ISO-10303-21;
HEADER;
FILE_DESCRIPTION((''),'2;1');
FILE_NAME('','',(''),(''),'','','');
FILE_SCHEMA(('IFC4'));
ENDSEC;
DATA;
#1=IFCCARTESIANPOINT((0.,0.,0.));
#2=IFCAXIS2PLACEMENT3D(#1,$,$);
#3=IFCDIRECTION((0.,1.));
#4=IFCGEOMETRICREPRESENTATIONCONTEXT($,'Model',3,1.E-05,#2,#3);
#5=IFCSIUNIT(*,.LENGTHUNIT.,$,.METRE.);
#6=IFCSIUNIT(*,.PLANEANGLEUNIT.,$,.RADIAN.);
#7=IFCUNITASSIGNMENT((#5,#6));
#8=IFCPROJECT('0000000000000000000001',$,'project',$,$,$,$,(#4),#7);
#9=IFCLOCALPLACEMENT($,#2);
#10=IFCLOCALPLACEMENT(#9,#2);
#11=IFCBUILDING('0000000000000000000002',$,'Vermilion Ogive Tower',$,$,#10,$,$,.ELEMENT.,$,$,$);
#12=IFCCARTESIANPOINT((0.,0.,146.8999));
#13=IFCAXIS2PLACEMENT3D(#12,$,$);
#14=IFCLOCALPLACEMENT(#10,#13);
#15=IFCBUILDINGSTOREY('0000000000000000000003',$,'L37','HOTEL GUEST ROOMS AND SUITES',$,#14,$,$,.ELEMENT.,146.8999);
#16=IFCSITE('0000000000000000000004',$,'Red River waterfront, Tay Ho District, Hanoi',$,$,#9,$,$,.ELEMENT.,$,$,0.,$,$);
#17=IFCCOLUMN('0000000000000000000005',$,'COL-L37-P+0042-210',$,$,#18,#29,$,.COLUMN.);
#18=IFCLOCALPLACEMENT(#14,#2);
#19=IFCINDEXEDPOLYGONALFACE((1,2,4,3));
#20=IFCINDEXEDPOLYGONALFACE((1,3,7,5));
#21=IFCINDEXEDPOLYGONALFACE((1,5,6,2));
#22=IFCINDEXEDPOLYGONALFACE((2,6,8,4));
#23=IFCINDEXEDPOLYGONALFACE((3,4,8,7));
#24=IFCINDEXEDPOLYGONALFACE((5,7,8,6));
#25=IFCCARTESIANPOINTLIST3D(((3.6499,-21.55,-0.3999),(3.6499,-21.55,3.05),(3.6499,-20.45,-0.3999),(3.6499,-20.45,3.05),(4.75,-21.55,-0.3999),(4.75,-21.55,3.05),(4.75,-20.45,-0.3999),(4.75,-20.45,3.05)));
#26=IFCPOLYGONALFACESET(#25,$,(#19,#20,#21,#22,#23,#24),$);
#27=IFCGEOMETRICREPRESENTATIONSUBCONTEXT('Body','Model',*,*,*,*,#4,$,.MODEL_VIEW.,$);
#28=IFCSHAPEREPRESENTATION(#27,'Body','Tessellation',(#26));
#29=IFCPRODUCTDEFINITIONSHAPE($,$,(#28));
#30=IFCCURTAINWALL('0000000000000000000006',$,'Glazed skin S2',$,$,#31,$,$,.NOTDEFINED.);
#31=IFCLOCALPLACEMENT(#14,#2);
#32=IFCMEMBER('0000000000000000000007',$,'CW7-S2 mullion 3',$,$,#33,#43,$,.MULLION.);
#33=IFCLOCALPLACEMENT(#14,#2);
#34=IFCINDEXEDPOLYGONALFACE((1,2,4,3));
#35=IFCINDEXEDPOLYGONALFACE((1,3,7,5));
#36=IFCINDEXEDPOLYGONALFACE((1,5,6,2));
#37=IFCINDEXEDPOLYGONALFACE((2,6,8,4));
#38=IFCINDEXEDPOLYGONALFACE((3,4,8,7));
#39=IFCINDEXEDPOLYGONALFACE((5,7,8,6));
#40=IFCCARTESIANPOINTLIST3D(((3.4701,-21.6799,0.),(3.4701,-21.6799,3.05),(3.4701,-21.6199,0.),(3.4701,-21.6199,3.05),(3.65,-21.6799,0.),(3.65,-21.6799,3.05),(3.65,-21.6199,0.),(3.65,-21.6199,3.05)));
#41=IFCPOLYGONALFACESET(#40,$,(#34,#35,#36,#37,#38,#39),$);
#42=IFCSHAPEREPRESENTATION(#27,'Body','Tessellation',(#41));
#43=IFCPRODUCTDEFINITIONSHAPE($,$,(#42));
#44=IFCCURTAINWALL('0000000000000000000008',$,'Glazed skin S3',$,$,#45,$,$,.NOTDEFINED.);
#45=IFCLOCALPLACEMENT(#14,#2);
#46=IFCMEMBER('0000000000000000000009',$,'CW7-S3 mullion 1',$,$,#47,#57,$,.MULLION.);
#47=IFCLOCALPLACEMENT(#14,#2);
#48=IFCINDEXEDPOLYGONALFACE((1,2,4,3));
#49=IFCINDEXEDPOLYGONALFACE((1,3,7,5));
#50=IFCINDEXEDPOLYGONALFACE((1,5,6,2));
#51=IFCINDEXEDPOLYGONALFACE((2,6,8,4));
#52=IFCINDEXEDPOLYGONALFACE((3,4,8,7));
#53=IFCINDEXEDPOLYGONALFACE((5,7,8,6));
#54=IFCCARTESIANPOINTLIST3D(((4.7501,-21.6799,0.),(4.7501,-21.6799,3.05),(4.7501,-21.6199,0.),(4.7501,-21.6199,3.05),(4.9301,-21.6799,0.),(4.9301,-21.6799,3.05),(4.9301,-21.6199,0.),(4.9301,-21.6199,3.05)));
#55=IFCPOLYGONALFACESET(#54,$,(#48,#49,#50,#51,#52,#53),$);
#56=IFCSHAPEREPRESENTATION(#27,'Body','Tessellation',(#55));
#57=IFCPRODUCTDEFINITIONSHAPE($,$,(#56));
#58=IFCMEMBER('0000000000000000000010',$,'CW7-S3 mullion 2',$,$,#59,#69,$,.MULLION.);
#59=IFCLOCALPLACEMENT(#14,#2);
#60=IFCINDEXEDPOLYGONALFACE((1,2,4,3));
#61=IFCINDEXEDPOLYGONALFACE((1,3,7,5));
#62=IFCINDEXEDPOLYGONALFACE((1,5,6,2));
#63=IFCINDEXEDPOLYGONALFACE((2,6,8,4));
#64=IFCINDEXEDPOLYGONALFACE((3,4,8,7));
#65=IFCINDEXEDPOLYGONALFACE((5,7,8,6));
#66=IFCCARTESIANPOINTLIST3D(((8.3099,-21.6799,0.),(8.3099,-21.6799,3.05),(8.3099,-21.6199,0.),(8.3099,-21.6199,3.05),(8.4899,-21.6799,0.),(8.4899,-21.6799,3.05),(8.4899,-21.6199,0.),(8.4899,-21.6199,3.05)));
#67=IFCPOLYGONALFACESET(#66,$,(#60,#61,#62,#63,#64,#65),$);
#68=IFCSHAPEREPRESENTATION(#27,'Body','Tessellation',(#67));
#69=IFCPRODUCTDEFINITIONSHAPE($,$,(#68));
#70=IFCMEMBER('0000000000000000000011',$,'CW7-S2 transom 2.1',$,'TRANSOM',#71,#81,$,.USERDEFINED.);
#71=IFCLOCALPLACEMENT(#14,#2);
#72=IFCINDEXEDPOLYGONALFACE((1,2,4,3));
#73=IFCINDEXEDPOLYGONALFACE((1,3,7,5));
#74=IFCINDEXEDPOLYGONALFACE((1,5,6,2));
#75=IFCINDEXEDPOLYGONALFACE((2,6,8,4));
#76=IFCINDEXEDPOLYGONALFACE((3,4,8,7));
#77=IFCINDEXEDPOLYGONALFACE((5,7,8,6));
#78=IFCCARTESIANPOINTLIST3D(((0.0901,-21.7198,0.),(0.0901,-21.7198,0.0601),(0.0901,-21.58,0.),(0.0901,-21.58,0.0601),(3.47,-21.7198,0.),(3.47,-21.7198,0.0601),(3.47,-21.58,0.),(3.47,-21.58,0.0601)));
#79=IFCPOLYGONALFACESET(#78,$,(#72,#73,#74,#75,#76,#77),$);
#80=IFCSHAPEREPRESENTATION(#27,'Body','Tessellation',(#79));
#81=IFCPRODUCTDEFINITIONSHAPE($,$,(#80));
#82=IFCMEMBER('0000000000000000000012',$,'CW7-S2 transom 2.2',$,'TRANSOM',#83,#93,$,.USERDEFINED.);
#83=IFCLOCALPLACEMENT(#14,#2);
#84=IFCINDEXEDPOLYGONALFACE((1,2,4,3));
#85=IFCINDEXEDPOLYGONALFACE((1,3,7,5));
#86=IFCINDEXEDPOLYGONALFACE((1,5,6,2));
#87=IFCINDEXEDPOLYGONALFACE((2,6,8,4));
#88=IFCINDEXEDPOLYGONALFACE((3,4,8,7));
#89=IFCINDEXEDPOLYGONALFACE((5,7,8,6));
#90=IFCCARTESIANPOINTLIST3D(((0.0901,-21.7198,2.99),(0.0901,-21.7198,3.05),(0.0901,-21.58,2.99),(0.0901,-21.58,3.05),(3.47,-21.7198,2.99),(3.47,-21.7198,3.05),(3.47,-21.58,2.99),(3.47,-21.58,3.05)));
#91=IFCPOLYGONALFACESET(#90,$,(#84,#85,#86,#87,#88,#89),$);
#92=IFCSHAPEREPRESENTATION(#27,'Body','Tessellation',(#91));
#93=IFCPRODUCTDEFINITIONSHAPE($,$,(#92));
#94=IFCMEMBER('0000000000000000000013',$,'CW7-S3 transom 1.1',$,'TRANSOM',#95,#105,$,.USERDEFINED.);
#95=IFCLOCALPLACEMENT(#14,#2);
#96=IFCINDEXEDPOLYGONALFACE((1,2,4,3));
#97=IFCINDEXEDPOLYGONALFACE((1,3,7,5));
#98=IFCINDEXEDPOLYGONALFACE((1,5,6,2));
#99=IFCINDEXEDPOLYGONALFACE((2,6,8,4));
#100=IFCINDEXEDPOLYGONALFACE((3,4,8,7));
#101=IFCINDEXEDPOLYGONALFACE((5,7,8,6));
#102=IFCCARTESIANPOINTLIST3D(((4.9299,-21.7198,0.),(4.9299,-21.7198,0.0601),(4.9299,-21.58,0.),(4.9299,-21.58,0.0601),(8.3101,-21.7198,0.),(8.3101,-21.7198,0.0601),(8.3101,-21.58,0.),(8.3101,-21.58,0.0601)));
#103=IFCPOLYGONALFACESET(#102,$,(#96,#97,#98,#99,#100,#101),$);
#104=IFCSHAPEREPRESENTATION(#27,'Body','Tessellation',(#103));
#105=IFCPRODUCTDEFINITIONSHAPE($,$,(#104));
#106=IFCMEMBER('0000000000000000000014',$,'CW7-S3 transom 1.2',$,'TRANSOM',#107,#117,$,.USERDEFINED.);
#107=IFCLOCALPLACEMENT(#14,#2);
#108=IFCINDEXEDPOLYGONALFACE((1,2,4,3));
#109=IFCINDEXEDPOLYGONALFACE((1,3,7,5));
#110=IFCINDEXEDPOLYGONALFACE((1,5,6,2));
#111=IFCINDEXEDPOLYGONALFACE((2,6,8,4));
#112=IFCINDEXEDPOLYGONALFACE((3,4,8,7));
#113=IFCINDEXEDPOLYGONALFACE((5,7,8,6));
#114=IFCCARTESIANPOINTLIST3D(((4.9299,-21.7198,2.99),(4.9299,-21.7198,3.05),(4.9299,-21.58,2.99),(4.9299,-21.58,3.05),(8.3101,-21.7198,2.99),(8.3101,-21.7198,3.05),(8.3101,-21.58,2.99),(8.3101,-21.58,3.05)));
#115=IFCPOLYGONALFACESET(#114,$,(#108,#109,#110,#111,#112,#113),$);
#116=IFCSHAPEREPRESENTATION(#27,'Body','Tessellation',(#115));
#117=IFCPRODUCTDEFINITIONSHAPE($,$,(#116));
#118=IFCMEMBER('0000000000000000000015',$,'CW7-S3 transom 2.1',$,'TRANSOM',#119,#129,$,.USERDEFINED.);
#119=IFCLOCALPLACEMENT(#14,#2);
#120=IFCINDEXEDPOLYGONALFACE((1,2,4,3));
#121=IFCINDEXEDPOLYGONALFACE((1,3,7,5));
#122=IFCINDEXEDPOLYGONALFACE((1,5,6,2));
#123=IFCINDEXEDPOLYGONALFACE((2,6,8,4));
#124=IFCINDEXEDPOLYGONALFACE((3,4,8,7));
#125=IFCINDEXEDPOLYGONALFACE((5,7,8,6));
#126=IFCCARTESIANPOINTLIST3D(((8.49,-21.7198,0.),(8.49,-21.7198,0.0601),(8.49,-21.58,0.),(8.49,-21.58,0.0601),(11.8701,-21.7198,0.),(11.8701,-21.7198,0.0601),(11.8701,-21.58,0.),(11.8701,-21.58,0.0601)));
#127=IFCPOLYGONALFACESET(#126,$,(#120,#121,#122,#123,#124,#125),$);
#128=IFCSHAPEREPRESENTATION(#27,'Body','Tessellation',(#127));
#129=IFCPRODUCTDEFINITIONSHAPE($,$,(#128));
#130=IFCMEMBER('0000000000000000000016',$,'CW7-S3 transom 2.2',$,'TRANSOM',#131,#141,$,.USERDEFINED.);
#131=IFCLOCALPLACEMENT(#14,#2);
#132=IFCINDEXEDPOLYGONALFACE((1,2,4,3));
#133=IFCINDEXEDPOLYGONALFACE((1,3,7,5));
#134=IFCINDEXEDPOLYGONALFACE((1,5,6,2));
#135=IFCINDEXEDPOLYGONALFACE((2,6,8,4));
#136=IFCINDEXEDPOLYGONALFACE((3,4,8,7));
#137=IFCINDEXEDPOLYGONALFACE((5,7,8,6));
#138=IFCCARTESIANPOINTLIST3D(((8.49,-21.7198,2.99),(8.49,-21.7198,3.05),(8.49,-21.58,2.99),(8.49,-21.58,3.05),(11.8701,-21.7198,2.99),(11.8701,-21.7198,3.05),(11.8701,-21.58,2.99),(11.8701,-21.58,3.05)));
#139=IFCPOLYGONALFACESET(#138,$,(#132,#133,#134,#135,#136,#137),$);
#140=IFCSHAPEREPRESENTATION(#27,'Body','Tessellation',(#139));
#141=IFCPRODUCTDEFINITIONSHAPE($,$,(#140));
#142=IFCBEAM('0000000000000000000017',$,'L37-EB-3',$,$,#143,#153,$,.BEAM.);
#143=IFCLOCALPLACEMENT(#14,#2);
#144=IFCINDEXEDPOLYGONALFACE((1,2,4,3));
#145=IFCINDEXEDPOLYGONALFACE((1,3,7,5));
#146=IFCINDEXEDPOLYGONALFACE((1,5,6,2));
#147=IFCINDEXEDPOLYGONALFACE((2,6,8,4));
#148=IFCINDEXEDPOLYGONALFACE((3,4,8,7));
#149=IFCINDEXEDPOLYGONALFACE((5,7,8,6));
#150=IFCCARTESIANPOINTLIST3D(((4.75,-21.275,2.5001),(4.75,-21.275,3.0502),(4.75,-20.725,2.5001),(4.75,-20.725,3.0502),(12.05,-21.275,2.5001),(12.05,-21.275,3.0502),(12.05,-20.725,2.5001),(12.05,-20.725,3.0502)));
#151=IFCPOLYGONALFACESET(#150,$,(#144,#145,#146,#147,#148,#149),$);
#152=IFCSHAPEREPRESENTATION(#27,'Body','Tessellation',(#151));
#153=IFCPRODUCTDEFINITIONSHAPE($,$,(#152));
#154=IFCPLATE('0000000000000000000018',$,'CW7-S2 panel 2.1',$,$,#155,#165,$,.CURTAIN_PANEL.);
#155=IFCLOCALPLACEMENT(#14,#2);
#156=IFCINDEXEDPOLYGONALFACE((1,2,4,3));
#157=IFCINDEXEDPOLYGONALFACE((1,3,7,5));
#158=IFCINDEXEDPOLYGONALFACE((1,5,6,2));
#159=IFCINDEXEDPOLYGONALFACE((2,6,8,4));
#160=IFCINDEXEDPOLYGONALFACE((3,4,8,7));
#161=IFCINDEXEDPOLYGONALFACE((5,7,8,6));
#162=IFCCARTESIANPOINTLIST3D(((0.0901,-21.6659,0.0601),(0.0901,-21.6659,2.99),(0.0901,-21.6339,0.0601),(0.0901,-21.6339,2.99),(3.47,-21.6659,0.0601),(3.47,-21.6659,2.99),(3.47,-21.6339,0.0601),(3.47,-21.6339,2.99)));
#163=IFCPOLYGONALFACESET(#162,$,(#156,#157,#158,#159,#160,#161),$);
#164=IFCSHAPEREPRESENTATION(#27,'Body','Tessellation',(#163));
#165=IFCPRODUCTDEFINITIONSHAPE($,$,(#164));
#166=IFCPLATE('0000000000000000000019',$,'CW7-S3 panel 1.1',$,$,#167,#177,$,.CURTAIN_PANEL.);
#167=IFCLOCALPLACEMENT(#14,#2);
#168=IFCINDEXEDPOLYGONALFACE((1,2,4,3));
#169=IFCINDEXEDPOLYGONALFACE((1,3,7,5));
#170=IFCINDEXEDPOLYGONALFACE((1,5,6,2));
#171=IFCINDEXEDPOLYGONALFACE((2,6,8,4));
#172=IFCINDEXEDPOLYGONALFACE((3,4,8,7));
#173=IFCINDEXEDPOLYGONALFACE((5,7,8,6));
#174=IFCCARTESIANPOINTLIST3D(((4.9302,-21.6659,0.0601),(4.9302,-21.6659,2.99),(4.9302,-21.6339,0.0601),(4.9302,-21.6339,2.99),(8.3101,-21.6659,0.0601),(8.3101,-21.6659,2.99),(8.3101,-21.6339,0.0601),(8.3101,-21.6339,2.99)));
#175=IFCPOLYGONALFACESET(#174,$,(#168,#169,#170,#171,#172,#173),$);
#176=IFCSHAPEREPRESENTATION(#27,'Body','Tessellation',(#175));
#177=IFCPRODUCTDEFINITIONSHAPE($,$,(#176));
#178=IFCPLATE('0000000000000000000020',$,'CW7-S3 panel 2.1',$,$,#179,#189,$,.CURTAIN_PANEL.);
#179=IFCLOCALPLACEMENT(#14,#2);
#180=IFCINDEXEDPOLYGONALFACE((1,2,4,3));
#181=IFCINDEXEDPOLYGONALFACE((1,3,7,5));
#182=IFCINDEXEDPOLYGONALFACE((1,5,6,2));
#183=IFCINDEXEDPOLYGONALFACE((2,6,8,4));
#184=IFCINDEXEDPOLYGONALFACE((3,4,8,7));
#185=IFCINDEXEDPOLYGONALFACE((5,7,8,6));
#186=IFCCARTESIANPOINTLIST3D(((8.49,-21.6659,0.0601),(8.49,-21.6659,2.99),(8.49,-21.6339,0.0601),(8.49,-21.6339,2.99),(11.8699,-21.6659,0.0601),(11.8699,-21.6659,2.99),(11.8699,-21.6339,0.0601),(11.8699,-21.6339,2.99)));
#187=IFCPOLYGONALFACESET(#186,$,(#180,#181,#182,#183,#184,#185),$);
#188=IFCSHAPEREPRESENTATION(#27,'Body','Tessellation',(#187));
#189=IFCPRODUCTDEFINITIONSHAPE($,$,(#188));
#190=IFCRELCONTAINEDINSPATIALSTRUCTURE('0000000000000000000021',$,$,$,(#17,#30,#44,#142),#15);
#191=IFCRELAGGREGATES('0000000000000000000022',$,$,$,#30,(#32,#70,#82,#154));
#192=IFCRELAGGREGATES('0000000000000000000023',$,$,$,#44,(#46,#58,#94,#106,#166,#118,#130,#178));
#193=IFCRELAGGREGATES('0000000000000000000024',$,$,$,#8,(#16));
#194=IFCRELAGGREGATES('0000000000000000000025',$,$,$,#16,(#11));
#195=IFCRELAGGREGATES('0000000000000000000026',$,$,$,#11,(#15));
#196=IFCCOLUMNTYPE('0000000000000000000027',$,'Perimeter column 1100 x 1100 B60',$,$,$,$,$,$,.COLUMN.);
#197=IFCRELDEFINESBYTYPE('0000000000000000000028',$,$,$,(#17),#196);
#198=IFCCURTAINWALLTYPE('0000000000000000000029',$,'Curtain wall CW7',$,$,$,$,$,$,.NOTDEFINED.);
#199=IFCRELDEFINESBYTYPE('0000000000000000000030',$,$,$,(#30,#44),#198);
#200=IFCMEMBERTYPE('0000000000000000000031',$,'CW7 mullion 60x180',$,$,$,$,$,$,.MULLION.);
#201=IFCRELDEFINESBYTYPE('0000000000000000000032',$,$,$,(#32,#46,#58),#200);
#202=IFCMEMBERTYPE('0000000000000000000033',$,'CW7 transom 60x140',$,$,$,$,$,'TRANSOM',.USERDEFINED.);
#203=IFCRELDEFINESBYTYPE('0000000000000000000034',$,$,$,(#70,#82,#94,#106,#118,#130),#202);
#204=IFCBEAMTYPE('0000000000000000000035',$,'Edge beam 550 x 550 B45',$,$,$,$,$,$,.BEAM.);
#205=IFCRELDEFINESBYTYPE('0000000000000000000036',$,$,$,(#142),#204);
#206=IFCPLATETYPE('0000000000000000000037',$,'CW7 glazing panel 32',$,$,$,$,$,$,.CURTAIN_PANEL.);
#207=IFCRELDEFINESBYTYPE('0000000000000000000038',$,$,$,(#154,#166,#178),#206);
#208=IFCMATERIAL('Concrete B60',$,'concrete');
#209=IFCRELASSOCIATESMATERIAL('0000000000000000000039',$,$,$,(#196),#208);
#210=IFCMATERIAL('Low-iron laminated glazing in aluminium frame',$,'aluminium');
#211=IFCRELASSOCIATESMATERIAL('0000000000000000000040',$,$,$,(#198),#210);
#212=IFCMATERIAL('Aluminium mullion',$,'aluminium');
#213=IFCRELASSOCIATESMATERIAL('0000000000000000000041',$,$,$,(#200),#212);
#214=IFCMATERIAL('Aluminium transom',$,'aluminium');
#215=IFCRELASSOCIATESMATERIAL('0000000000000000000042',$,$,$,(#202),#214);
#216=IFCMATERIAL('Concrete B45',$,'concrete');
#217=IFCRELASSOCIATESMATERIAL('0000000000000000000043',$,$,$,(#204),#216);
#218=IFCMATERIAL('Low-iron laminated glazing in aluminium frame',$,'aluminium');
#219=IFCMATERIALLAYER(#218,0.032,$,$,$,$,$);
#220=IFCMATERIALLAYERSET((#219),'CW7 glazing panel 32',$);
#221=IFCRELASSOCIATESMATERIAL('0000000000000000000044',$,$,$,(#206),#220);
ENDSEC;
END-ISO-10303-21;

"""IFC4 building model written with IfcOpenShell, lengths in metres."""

from ifc_helpers import new_model, si_unit, direction, frame, origin, origin_2d, place, context, subcontext, project, spatial, rectangle, extrude, material, layer, layer_set, material_profile, profile_set, type_object, element, aggregate, save


model = new_model("IFC4")

# Units and contexts
model_context = context("Model", 3, precision=1e-05, world=origin(), true_north=direction((0.0, 1.0)))
body_context = subcontext(model_context, "Body", "Model", "MODEL_VIEW")
ifc_project = project(units=[si_unit("LENGTHUNIT", "METRE"), si_unit("PLANEANGLEUNIT", "RADIAN")], contexts=[model_context])

# Site, building, storey
site_placement = place(None, origin())
site = spatial("IfcSite", under=ifc_project, at=site_placement, Name="Red River waterfront, Tay Ho District, Hanoi", CompositionType="ELEMENT", RefElevation=0.0)
building_placement = place(site_placement, origin())
building = spatial("IfcBuilding", under=site, at=building_placement, Name="Vermilion Ogive Tower", CompositionType="ELEMENT")
storey_placement = place(building_placement, frame((0.0, 0.0, 146.8999)))
storey = spatial("IfcBuildingStorey", under=building, at=storey_placement, Name="L37", Description="HOTEL GUEST ROOMS AND SUITES", CompositionType="ELEMENT", Elevation=146.8999)

# Column
ifc_material_1 = material(Name="Concrete B60", Category="concrete")
ifc_material_profile_1 = material_profile(ifc_material_1, rectangle(XDim=1.1001, YDim=1.1001, at=origin_2d()), Name="1100 x 1100")
ifc_profile_set_1 = profile_set([ifc_material_profile_1], Name="Concrete B60")
column_type = type_object("IfcColumnType", Name="Perimeter column 1100 x 1100 B60", PredefinedType="COLUMN", material=ifc_profile_set_1)
column_placement = place(storey_placement, frame((4.2, -21.0, -0.3999), z_axis=(0.0, 0.0, 1.0), x_axis=(1.0, 0.0, 0.0)))
element("IfcColumn", 1, at=column_placement, inside=storey, type_object=column_type, Name="COL-L37-P+0042-210", PredefinedType="COLUMN", context=body_context, shape_type="SweptSolid", body=[
    extrude(rectangle(XDim=1.1001, YDim=1.1001, at=origin_2d()), origin(), (0.0, 0.0, 1.0), 3.45),
])

# Curtain wall, member
ifc_material_2 = material(Name="Low-iron laminated glazing in aluminium frame", Category="aluminium")
curtain_wall_type = type_object("IfcCurtainWallType", Name="Curtain wall CW7", PredefinedType="NOTDEFINED", material=ifc_material_2)
curtain_wall_1_placement = place(storey_placement, origin())
curtain_wall_1 = element("IfcCurtainWall", 2, at=curtain_wall_1_placement, inside=storey, type_object=curtain_wall_type, Name="Glazed skin S2", PredefinedType="NOTDEFINED")
ifc_material_3 = material(Name="Aluminium mullion", Category="aluminium")
ifc_material_profile_2 = material_profile(ifc_material_3, rectangle(XDim=0.0601, YDim=0.1799, at=origin_2d()), Name="AL 60x180")
ifc_profile_set_2 = profile_set([ifc_material_profile_2], Name="Aluminium mullion")
member_type_1 = type_object("IfcMemberType", Name="CW7 mullion 60x180", PredefinedType="MULLION", material=ifc_profile_set_2)
member_1_placement = place(storey_placement, frame((3.5601, -21.6499, 0.0), z_axis=(0.0, 0.0, 1.0), x_axis=(0.0, 1.0, 0.0)))
member_1 = element("IfcMember", 3, at=member_1_placement, type_object=member_type_1, Name="CW7-S2 mullion 3", PredefinedType="MULLION", context=body_context, shape_type="SweptSolid", body=[
    extrude(rectangle(XDim=0.0601, YDim=0.1799, at=origin_2d()), origin(), (0.0, 0.0, 1.0), 3.05),
])

# Curtain wall, members
curtain_wall_2_placement = place(storey_placement, origin())
curtain_wall_2 = element("IfcCurtainWall", 4, at=curtain_wall_2_placement, inside=storey, type_object=curtain_wall_type, Name="Glazed skin S3", PredefinedType="NOTDEFINED")
member_2_placement = place(storey_placement, frame((4.8401, -21.6499, 0.0), z_axis=(0.0, 0.0, 1.0), x_axis=(0.0, 1.0, 0.0)))
member_2 = element("IfcMember", 5, at=member_2_placement, type_object=member_type_1, Name="CW7-S3 mullion 1", PredefinedType="MULLION", context=body_context, shape_type="SweptSolid", body=[
    extrude(rectangle(XDim=0.0601, YDim=0.1799, at=origin_2d()), origin(), (0.0, 0.0, 1.0), 3.05),
])
member_3_placement = place(storey_placement, frame((8.3999, -21.6499, 0.0), z_axis=(0.0, 0.0, 1.0), x_axis=(0.0, 1.0, 0.0)))
member_3 = element("IfcMember", 6, at=member_3_placement, type_object=member_type_1, Name="CW7-S3 mullion 2", PredefinedType="MULLION", context=body_context, shape_type="SweptSolid", body=[
    extrude(rectangle(XDim=0.0601, YDim=0.1799, at=origin_2d()), origin(), (0.0, 0.0, 1.0), 3.05),
])

# Members
ifc_material_4 = material(Name="Aluminium transom", Category="aluminium")
ifc_material_profile_3 = material_profile(ifc_material_4, rectangle(XDim=0.1399, YDim=0.0601, at=origin_2d()), Name="AL 60x140")
ifc_profile_set_3 = profile_set([ifc_material_profile_3], Name="Aluminium transom")
member_type_2 = type_object("IfcMemberType", Name="CW7 transom 60x140", ElementType="TRANSOM", PredefinedType="USERDEFINED", material=ifc_profile_set_3)
member_4_placement = place(storey_placement, frame((0.0901, -21.6499, 0.03), z_axis=(1.0, 0.0, 0.0), x_axis=(0.0, 1.0, 0.0)))
member_4 = element("IfcMember", 7, at=member_4_placement, type_object=member_type_2, Name="CW7-S2 transom 2.1", ObjectType="TRANSOM", PredefinedType="USERDEFINED", context=body_context, shape_type="SweptSolid", body=[
    extrude(rectangle(XDim=0.1399, YDim=0.0601, at=origin_2d()), origin(), (0.0, 0.0, 1.0), 3.3799),
])
member_5_placement = place(storey_placement, frame((0.0901, -21.6499, 3.02), z_axis=(1.0, 0.0, 0.0), x_axis=(0.0, 1.0, 0.0)))
member_5 = element("IfcMember", 8, at=member_5_placement, type_object=member_type_2, Name="CW7-S2 transom 2.2", ObjectType="TRANSOM", PredefinedType="USERDEFINED", context=body_context, shape_type="SweptSolid", body=[
    extrude(rectangle(XDim=0.1399, YDim=0.0601, at=origin_2d()), origin(), (0.0, 0.0, 1.0), 3.3799),
])
member_6_placement = place(storey_placement, frame((4.9299, -21.6499, 0.03), z_axis=(1.0, 0.0, 0.0), x_axis=(0.0, 1.0, 0.0)))
member_6 = element("IfcMember", 9, at=member_6_placement, type_object=member_type_2, Name="CW7-S3 transom 1.1", ObjectType="TRANSOM", PredefinedType="USERDEFINED", context=body_context, shape_type="SweptSolid", body=[
    extrude(rectangle(XDim=0.1399, YDim=0.0601, at=origin_2d()), origin(), (0.0, 0.0, 1.0), 3.3801),
])
member_7_placement = place(storey_placement, frame((4.9299, -21.6499, 3.02), z_axis=(1.0, 0.0, 0.0), x_axis=(0.0, 1.0, 0.0)))
member_7 = element("IfcMember", 10, at=member_7_placement, type_object=member_type_2, Name="CW7-S3 transom 1.2", ObjectType="TRANSOM", PredefinedType="USERDEFINED", context=body_context, shape_type="SweptSolid", body=[
    extrude(rectangle(XDim=0.1399, YDim=0.0601, at=origin_2d()), origin(), (0.0, 0.0, 1.0), 3.3801),
])
member_8_placement = place(storey_placement, frame((8.49, -21.6499, 0.03), z_axis=(1.0, 0.0, 0.0), x_axis=(0.0, 1.0, 0.0)))
member_8 = element("IfcMember", 11, at=member_8_placement, type_object=member_type_2, Name="CW7-S3 transom 2.1", ObjectType="TRANSOM", PredefinedType="USERDEFINED", context=body_context, shape_type="SweptSolid", body=[
    extrude(rectangle(XDim=0.1399, YDim=0.0601, at=origin_2d()), origin(), (0.0, 0.0, 1.0), 3.3801),
])
member_9_placement = place(storey_placement, frame((8.49, -21.6499, 3.02), z_axis=(1.0, 0.0, 0.0), x_axis=(0.0, 1.0, 0.0)))
member_9 = element("IfcMember", 12, at=member_9_placement, type_object=member_type_2, Name="CW7-S3 transom 2.2", ObjectType="TRANSOM", PredefinedType="USERDEFINED", context=body_context, shape_type="SweptSolid", body=[
    extrude(rectangle(XDim=0.1399, YDim=0.0601, at=origin_2d()), origin(), (0.0, 0.0, 1.0), 3.3801),
])

# Beam
ifc_material_5 = material(Name="Concrete B45", Category="concrete")
ifc_material_profile_4 = material_profile(ifc_material_5, rectangle(XDim=0.55, YDim=0.55, at=origin_2d()), Name="550 x 550")
ifc_profile_set_4 = profile_set([ifc_material_profile_4], Name="Concrete B45")
beam_type = type_object("IfcBeamType", Name="Edge beam 550 x 550 B45", PredefinedType="BEAM", material=ifc_profile_set_4)
beam_placement = place(storey_placement, frame((4.75, -21.0, 2.7751), z_axis=(1.0, 0.0, 0.0), x_axis=(0.0, 1.0, 0.0)))
element("IfcBeam", 13, at=beam_placement, inside=storey, type_object=beam_type, Name="L37-EB-3", PredefinedType="BEAM", context=body_context, shape_type="SweptSolid", body=[
    extrude(rectangle(XDim=0.55, YDim=0.55, at=origin_2d()), origin(), (0.0, 0.0, 1.0), 7.3),
])

# Plates
ifc_material_6 = material(Name="Low-iron laminated glazing in aluminium frame", Category="aluminium")
ifc_layer_1 = layer(ifc_material_6, 0.032)
ifc_layer_set_1 = layer_set([ifc_layer_1], Name="CW7 glazing panel 32")
plate_type = type_object("IfcPlateType", Name="CW7 glazing panel 32", PredefinedType="CURTAIN_PANEL", material=ifc_layer_set_1)
plate_1_placement = place(storey_placement, frame((1.78, -21.6499, 0.0601), z_axis=(0.0, 0.0, 1.0), x_axis=(1.0, 0.0, 0.0)))
plate_1 = element("IfcPlate", 14, at=plate_1_placement, type_object=plate_type, Name="CW7-S2 panel 2.1", PredefinedType="CURTAIN_PANEL", context=body_context, shape_type="SweptSolid", body=[
    extrude(rectangle(XDim=3.3799, YDim=0.032, at=origin_2d()), origin(), (0.0, 0.0, 1.0), 2.9299),
])
aggregate(curtain_wall_1, [member_1, member_4, member_5, plate_1])
plate_2_placement = place(storey_placement, frame((6.6201, -21.6499, 0.0601), z_axis=(0.0, 0.0, 1.0), x_axis=(1.0, 0.0, 0.0)))
plate_2 = element("IfcPlate", 15, at=plate_2_placement, type_object=plate_type, Name="CW7-S3 panel 1.1", PredefinedType="CURTAIN_PANEL", context=body_context, shape_type="SweptSolid", body=[
    extrude(rectangle(XDim=3.3799, YDim=0.032, at=origin_2d()), origin(), (0.0, 0.0, 1.0), 2.9299),
])
plate_3_placement = place(storey_placement, frame((10.1799, -21.6499, 0.0601), z_axis=(0.0, 0.0, 1.0), x_axis=(1.0, 0.0, 0.0)))
plate_3 = element("IfcPlate", 16, at=plate_3_placement, type_object=plate_type, Name="CW7-S3 panel 2.1", PredefinedType="CURTAIN_PANEL", context=body_context, shape_type="SweptSolid", body=[
    extrude(rectangle(XDim=3.3799, YDim=0.032, at=origin_2d()), origin(), (0.0, 0.0, 1.0), 2.9299),
])
aggregate(curtain_wall_2, [member_2, member_3, member_6, member_7, plate_2, member_8, member_9, plate_3])

save(model, "model.ifc")
